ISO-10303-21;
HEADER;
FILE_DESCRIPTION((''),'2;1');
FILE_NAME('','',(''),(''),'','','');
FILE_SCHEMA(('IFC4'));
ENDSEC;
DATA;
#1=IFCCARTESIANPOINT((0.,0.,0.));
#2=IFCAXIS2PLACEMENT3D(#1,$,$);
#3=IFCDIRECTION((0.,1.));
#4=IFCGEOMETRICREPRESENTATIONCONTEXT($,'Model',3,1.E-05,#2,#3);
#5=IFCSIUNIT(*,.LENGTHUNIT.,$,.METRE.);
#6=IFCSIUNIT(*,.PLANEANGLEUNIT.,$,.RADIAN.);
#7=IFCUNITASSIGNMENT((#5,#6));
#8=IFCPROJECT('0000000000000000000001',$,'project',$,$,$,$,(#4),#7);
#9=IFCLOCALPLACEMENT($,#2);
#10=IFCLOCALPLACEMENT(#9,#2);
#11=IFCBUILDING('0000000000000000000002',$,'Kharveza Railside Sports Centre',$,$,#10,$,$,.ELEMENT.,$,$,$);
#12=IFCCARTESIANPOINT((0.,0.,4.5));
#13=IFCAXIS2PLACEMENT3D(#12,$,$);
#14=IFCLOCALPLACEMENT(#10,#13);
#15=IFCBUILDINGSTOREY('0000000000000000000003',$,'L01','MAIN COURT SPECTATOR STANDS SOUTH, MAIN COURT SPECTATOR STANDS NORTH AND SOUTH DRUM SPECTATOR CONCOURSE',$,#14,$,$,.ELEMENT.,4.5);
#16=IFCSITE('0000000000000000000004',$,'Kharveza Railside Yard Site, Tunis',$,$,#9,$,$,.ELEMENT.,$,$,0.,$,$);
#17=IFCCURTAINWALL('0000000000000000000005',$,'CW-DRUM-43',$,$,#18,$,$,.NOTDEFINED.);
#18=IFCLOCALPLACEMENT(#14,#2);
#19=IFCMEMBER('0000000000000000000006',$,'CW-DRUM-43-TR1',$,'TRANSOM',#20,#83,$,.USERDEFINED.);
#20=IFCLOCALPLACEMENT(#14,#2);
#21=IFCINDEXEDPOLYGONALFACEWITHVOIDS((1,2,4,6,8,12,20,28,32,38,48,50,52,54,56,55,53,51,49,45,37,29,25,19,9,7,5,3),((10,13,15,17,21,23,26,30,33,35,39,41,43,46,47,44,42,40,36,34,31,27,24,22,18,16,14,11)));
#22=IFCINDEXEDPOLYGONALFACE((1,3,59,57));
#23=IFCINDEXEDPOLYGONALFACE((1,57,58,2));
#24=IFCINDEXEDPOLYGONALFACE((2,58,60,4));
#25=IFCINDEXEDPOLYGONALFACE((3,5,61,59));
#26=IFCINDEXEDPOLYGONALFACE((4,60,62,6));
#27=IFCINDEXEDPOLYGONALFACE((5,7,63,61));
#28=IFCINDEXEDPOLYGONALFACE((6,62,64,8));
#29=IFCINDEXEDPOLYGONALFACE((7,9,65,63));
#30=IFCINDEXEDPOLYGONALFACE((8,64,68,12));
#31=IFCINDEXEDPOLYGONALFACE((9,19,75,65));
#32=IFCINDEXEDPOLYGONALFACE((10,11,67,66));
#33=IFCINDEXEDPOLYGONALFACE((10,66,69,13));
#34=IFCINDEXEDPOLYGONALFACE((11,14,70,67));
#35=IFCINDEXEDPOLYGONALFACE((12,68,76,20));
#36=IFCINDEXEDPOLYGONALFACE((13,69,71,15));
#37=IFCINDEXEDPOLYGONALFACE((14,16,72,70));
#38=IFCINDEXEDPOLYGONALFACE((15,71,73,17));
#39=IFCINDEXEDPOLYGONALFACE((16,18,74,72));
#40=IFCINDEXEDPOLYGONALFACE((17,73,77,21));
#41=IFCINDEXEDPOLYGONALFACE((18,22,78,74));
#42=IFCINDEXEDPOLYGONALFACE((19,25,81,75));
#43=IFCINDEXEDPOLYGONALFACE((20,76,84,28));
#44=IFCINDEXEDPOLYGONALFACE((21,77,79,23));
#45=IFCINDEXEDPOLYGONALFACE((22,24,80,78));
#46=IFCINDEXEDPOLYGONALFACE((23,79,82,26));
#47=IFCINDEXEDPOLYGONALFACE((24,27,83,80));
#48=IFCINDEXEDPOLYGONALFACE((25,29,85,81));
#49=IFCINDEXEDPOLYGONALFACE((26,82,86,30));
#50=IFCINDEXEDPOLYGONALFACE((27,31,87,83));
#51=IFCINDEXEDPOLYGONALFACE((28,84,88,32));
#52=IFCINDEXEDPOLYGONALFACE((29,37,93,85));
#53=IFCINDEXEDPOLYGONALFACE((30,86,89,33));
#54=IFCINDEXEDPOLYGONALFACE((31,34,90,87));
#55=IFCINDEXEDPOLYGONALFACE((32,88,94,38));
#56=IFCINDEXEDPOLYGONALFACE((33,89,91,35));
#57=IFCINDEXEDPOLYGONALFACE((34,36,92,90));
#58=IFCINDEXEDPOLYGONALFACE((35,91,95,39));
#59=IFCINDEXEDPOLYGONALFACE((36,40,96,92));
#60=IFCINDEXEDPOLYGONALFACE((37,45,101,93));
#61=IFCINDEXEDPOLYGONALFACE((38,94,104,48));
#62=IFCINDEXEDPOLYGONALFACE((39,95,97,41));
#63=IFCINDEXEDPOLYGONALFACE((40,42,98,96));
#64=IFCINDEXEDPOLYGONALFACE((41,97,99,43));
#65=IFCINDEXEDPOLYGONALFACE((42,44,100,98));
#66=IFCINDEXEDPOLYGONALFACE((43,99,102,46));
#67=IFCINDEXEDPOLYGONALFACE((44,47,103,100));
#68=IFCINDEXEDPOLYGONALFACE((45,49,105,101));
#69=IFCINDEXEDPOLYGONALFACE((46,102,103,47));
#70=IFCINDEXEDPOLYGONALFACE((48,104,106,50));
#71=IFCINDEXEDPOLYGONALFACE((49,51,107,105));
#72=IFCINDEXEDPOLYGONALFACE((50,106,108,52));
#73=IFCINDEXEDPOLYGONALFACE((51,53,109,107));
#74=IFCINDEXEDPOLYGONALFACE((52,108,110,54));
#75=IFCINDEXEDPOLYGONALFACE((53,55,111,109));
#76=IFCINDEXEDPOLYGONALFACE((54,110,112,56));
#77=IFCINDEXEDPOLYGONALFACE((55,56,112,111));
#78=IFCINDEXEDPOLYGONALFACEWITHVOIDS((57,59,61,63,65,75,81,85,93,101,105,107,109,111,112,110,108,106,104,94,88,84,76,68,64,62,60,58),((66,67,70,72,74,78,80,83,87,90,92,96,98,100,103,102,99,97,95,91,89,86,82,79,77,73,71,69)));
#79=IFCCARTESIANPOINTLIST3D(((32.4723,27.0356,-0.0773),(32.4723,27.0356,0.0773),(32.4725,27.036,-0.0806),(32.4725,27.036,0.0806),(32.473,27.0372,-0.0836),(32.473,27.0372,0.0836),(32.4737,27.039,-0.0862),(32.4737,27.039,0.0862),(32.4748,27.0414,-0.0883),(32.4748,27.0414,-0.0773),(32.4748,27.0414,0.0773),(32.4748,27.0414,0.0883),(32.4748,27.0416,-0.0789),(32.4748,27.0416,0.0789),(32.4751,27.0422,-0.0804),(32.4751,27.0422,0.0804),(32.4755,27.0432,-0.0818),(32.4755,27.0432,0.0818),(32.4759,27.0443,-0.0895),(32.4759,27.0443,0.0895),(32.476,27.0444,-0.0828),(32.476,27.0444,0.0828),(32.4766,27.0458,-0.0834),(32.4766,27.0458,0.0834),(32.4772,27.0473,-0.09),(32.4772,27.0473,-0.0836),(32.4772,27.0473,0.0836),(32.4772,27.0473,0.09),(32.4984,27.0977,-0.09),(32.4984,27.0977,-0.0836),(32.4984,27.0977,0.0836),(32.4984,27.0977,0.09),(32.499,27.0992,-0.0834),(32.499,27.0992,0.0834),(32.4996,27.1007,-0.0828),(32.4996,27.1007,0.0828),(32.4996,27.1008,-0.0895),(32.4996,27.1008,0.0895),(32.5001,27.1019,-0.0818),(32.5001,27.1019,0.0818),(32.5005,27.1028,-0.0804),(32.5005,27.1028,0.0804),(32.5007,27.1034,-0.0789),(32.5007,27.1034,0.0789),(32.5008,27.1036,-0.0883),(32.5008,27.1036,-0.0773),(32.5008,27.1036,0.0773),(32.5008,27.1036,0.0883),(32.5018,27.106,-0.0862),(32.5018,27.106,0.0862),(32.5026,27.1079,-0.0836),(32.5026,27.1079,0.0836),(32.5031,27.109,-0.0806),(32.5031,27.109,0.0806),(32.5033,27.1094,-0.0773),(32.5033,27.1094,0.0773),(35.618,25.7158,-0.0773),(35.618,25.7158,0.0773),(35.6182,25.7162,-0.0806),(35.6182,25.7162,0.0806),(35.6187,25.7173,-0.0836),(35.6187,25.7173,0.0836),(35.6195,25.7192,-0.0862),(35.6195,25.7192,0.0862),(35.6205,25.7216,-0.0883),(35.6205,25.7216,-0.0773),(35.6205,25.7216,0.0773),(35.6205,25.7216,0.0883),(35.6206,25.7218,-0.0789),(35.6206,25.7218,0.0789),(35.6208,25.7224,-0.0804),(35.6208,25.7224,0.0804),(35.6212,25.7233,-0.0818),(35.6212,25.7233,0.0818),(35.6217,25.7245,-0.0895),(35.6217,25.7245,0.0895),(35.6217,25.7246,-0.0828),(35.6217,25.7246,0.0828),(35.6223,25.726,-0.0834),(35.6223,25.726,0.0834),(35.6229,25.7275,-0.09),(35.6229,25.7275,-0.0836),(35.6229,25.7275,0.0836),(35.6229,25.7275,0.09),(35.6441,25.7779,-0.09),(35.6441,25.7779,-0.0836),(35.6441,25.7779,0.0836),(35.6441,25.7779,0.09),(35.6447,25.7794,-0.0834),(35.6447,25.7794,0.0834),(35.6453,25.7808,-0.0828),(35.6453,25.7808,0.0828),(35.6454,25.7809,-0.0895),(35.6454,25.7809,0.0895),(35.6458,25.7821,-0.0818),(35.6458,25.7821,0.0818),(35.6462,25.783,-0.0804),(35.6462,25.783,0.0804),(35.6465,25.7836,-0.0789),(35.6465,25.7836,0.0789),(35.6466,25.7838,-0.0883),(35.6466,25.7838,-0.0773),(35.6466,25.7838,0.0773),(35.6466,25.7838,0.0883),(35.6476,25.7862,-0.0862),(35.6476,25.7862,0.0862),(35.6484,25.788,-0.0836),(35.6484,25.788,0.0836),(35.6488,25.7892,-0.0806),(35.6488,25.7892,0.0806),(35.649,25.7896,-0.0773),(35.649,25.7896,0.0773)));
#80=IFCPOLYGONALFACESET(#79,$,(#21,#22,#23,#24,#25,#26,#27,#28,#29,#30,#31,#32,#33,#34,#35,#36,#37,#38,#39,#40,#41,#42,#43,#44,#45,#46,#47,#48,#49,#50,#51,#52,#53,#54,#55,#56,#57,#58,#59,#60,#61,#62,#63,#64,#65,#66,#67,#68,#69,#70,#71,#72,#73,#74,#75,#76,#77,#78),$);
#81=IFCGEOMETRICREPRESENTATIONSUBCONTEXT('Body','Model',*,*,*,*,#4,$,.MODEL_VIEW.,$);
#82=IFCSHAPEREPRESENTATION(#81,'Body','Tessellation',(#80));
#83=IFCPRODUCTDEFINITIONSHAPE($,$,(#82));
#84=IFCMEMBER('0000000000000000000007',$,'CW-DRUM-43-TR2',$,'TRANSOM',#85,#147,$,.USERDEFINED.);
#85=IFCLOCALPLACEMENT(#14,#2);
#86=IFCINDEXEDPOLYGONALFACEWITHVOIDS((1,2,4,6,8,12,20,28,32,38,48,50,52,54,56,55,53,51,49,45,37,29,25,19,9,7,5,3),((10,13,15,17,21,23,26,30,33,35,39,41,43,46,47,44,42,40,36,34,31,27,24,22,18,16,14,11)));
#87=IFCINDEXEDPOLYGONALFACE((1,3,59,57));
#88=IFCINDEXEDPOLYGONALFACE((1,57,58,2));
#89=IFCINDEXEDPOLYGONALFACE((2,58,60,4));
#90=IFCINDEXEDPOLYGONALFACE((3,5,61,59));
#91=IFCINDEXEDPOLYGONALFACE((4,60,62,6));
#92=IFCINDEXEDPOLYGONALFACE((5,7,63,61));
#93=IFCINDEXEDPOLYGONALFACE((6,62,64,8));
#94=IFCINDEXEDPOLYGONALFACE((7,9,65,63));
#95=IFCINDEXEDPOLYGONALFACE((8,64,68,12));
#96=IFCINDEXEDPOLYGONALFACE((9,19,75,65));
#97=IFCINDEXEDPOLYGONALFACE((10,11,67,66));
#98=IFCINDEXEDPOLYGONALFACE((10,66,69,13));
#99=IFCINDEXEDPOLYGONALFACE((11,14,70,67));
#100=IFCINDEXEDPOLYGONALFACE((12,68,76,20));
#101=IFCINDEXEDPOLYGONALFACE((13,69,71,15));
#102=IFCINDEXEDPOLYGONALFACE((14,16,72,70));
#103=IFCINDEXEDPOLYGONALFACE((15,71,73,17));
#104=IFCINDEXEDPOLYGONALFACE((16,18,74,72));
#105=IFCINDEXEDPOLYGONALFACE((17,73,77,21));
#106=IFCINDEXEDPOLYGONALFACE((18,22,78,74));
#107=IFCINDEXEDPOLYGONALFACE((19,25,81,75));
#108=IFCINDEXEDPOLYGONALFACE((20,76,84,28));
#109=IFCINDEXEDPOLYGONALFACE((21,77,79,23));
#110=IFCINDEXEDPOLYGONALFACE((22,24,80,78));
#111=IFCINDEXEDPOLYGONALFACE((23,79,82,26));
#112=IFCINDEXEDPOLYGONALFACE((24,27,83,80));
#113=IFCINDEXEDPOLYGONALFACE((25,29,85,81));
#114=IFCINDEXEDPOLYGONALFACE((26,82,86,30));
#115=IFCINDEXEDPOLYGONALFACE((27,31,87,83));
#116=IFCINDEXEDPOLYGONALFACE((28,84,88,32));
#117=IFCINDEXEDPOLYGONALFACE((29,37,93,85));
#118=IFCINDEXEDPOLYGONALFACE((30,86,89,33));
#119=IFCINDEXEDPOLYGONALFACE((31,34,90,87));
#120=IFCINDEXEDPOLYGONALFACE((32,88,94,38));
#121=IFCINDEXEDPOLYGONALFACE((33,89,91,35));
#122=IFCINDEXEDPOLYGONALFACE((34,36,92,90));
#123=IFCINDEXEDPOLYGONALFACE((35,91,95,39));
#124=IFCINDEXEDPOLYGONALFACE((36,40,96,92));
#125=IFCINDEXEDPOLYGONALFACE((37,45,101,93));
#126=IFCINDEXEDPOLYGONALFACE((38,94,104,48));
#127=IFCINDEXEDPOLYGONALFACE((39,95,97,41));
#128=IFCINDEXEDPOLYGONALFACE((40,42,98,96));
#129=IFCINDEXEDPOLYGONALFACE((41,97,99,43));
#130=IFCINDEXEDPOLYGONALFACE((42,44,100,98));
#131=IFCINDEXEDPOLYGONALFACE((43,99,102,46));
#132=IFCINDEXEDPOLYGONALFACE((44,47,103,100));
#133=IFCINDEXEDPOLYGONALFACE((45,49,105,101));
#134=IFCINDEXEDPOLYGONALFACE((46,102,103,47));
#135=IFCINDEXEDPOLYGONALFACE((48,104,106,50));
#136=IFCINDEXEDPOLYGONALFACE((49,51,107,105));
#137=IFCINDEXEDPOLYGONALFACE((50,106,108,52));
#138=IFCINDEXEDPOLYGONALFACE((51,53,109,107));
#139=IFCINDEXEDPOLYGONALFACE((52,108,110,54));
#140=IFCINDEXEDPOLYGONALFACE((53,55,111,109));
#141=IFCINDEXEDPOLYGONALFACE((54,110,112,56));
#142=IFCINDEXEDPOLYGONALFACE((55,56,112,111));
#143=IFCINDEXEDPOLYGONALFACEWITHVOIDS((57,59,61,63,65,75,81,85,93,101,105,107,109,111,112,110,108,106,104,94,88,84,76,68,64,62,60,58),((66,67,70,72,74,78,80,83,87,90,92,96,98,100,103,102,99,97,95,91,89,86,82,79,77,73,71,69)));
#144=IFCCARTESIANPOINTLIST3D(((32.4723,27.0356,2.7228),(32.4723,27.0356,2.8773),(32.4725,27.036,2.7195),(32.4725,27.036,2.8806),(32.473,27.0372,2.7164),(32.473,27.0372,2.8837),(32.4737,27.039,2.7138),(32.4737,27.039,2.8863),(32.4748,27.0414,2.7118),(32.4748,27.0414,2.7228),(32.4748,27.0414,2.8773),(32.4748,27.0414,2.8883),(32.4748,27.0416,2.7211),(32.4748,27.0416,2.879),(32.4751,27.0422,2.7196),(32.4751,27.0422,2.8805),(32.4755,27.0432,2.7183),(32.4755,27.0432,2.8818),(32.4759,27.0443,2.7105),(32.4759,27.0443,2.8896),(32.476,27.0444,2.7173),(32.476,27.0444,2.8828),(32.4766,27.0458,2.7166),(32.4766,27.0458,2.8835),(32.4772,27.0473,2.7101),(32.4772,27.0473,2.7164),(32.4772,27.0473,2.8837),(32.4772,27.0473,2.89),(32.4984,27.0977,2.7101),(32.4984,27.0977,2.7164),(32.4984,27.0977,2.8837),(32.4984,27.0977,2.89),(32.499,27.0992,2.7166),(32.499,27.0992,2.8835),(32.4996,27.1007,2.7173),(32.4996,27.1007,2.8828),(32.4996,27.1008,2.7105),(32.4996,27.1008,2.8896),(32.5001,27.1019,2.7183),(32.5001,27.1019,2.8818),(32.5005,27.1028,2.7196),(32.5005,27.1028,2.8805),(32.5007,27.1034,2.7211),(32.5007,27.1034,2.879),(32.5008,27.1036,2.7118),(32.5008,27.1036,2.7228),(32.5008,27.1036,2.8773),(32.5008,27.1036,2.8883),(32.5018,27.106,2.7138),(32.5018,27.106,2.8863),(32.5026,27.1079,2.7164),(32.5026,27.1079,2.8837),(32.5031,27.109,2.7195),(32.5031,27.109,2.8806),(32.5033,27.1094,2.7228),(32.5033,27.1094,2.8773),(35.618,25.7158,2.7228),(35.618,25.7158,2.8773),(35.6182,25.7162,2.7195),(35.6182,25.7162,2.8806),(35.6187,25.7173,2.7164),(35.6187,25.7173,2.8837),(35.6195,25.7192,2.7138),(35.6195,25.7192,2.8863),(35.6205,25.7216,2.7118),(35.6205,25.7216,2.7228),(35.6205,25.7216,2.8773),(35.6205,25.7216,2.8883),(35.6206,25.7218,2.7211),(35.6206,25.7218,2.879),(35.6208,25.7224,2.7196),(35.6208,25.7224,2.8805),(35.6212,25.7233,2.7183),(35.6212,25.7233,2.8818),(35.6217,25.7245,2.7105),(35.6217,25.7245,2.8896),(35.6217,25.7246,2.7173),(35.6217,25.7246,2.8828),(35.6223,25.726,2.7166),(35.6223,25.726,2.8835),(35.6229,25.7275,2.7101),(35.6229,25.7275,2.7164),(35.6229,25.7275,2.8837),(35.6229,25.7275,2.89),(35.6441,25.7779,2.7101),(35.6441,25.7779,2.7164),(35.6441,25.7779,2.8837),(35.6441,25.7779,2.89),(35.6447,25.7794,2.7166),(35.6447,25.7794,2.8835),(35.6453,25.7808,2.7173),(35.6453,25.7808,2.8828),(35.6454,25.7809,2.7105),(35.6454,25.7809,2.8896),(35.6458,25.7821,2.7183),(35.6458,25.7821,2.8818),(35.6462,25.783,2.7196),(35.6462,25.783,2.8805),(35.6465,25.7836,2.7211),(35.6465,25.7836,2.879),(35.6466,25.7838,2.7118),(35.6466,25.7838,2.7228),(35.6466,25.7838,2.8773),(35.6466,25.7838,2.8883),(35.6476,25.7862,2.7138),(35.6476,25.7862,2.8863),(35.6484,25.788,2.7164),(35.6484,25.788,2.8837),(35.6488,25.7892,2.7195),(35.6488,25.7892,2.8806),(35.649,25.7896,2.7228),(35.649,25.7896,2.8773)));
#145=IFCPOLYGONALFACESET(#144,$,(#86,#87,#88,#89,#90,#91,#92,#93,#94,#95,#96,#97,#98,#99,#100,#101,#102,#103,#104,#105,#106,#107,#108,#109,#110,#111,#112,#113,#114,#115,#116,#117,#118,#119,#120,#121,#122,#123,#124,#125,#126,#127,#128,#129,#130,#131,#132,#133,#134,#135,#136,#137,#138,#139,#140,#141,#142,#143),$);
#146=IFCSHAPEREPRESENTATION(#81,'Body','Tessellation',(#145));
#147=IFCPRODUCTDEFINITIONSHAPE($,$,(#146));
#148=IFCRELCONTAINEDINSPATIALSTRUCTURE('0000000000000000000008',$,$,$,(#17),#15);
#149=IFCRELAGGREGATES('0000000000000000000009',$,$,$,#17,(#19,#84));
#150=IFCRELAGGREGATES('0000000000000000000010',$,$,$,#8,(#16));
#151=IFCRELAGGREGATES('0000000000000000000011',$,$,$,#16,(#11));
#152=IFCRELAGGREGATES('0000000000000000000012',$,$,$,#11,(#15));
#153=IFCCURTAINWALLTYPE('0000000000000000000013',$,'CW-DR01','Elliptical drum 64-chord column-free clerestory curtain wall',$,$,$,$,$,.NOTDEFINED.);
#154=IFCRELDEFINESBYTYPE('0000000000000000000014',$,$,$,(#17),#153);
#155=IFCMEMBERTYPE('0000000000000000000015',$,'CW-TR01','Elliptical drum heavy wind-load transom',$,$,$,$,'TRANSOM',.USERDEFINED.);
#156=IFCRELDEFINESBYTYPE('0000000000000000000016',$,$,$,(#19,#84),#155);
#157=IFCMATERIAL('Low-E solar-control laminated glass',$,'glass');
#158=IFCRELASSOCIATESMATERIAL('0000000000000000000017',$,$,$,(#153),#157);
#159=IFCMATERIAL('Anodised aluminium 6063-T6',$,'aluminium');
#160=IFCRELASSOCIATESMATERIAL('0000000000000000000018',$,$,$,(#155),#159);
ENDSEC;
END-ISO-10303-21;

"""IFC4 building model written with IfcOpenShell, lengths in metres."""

from ifc_helpers import new_model, si_unit, direction, frame, origin, origin_2d, place, context, subcontext, project, spatial, hollow_rectangle, extrude, material, material_profile, profile_set, type_object, element, aggregate, save


model = new_model("IFC4")

# Units and contexts
model_context = context("Model", 3, precision=1e-05, world=origin(), true_north=direction((0.0, 1.0)))
body_context = subcontext(model_context, "Body", "Model", "MODEL_VIEW")
ifc_project = project(units=[si_unit("LENGTHUNIT", "METRE"), si_unit("PLANEANGLEUNIT", "RADIAN")], contexts=[model_context])

# Site, building, storey
site_placement = place(None, origin())
site = spatial("IfcSite", under=ifc_project, at=site_placement, Name="Kharveza Railside Yard Site, Tunis", CompositionType="ELEMENT", RefElevation=0.0)
building_placement = place(site_placement, origin())
building = spatial("IfcBuilding", under=site, at=building_placement, Name="Kharveza Railside Sports Centre", CompositionType="ELEMENT")
storey_placement = place(building_placement, frame((0.0, 0.0, 4.5)))
storey = spatial("IfcBuildingStorey", under=building, at=storey_placement, Name="L01", Description="MAIN COURT SPECTATOR STANDS SOUTH, MAIN COURT SPECTATOR STANDS NORTH AND SOUTH DRUM SPECTATOR CONCOURSE", CompositionType="ELEMENT", Elevation=4.5)

# Shared definitions
ifc_material_1 = material(Name="Low-E solar-control laminated glass", Category="glass")
curtain_wall_type = type_object("IfcCurtainWallType", Name="CW-DR01", Description="Elliptical drum 64-chord column-free clerestory curtain wall", PredefinedType="NOTDEFINED", material=ifc_material_1)
ifc_material_2 = material(Name="Anodised aluminium 6063-T6", Category="aluminium")

# Curtain wall
curtain_wall_1_placement = place(storey_placement, origin())
curtain_wall_1 = element("IfcCurtainWall", 1, at=curtain_wall_1_placement, inside=storey, type_object=curtain_wall_type, Name="CW-DRUM-43", PredefinedType="NOTDEFINED")

# Members
ifc_material_profile_1 = material_profile(ifc_material_2, hollow_rectangle(XDim=0.0801, YDim=0.1799, WallThickness=0.0063, InnerFilletRadius=0.0063, OuterFilletRadius=0.0127, at=origin_2d()), Name="RHS 80x180x6.3")
ifc_profile_set_1 = profile_set([ifc_material_profile_1], Name="Anodised aluminium 6063-T6")
member_type_1 = type_object("IfcMemberType", Name="CW-TR01", Description="Elliptical drum heavy wind-load transom", ElementType="TRANSOM", PredefinedType="USERDEFINED", material=ifc_profile_set_1)
member_1_placement = place(storey_placement, frame((32.4878, 27.0725, 0.0), z_axis=(0.922128, -0.386886, 0.0), x_axis=(0.386886, 0.922128, 0.0)))
member_1 = element("IfcMember", 2, at=member_1_placement, type_object=member_type_1, Name="CW-DRUM-43-TR1", ObjectType="TRANSOM", PredefinedType="USERDEFINED", context=body_context, shape_type="SweptSolid", body=[
    extrude(hollow_rectangle(XDim=0.0801, YDim=0.1799, WallThickness=0.0063, InnerFilletRadius=0.0063, OuterFilletRadius=0.0127, at=origin_2d()), origin(), (0.0, 0.0, 1.0), 3.4114),
])
member_2_placement = place(storey_placement, frame((32.4878, 27.0725, 2.8), z_axis=(0.922128, -0.386886, 0.0), x_axis=(0.386886, 0.922128, 0.0)))
member_2 = element("IfcMember", 3, at=member_2_placement, type_object=member_type_1, Name="CW-DRUM-43-TR2", ObjectType="TRANSOM", PredefinedType="USERDEFINED", context=body_context, shape_type="SweptSolid", body=[
    extrude(hollow_rectangle(XDim=0.0801, YDim=0.1799, WallThickness=0.0063, InnerFilletRadius=0.0063, OuterFilletRadius=0.0127, at=origin_2d()), origin(), (0.0, 0.0, 1.0), 3.4114),
])

aggregate(curtain_wall_1, [member_1, member_2])

save(model, "model.ifc")
